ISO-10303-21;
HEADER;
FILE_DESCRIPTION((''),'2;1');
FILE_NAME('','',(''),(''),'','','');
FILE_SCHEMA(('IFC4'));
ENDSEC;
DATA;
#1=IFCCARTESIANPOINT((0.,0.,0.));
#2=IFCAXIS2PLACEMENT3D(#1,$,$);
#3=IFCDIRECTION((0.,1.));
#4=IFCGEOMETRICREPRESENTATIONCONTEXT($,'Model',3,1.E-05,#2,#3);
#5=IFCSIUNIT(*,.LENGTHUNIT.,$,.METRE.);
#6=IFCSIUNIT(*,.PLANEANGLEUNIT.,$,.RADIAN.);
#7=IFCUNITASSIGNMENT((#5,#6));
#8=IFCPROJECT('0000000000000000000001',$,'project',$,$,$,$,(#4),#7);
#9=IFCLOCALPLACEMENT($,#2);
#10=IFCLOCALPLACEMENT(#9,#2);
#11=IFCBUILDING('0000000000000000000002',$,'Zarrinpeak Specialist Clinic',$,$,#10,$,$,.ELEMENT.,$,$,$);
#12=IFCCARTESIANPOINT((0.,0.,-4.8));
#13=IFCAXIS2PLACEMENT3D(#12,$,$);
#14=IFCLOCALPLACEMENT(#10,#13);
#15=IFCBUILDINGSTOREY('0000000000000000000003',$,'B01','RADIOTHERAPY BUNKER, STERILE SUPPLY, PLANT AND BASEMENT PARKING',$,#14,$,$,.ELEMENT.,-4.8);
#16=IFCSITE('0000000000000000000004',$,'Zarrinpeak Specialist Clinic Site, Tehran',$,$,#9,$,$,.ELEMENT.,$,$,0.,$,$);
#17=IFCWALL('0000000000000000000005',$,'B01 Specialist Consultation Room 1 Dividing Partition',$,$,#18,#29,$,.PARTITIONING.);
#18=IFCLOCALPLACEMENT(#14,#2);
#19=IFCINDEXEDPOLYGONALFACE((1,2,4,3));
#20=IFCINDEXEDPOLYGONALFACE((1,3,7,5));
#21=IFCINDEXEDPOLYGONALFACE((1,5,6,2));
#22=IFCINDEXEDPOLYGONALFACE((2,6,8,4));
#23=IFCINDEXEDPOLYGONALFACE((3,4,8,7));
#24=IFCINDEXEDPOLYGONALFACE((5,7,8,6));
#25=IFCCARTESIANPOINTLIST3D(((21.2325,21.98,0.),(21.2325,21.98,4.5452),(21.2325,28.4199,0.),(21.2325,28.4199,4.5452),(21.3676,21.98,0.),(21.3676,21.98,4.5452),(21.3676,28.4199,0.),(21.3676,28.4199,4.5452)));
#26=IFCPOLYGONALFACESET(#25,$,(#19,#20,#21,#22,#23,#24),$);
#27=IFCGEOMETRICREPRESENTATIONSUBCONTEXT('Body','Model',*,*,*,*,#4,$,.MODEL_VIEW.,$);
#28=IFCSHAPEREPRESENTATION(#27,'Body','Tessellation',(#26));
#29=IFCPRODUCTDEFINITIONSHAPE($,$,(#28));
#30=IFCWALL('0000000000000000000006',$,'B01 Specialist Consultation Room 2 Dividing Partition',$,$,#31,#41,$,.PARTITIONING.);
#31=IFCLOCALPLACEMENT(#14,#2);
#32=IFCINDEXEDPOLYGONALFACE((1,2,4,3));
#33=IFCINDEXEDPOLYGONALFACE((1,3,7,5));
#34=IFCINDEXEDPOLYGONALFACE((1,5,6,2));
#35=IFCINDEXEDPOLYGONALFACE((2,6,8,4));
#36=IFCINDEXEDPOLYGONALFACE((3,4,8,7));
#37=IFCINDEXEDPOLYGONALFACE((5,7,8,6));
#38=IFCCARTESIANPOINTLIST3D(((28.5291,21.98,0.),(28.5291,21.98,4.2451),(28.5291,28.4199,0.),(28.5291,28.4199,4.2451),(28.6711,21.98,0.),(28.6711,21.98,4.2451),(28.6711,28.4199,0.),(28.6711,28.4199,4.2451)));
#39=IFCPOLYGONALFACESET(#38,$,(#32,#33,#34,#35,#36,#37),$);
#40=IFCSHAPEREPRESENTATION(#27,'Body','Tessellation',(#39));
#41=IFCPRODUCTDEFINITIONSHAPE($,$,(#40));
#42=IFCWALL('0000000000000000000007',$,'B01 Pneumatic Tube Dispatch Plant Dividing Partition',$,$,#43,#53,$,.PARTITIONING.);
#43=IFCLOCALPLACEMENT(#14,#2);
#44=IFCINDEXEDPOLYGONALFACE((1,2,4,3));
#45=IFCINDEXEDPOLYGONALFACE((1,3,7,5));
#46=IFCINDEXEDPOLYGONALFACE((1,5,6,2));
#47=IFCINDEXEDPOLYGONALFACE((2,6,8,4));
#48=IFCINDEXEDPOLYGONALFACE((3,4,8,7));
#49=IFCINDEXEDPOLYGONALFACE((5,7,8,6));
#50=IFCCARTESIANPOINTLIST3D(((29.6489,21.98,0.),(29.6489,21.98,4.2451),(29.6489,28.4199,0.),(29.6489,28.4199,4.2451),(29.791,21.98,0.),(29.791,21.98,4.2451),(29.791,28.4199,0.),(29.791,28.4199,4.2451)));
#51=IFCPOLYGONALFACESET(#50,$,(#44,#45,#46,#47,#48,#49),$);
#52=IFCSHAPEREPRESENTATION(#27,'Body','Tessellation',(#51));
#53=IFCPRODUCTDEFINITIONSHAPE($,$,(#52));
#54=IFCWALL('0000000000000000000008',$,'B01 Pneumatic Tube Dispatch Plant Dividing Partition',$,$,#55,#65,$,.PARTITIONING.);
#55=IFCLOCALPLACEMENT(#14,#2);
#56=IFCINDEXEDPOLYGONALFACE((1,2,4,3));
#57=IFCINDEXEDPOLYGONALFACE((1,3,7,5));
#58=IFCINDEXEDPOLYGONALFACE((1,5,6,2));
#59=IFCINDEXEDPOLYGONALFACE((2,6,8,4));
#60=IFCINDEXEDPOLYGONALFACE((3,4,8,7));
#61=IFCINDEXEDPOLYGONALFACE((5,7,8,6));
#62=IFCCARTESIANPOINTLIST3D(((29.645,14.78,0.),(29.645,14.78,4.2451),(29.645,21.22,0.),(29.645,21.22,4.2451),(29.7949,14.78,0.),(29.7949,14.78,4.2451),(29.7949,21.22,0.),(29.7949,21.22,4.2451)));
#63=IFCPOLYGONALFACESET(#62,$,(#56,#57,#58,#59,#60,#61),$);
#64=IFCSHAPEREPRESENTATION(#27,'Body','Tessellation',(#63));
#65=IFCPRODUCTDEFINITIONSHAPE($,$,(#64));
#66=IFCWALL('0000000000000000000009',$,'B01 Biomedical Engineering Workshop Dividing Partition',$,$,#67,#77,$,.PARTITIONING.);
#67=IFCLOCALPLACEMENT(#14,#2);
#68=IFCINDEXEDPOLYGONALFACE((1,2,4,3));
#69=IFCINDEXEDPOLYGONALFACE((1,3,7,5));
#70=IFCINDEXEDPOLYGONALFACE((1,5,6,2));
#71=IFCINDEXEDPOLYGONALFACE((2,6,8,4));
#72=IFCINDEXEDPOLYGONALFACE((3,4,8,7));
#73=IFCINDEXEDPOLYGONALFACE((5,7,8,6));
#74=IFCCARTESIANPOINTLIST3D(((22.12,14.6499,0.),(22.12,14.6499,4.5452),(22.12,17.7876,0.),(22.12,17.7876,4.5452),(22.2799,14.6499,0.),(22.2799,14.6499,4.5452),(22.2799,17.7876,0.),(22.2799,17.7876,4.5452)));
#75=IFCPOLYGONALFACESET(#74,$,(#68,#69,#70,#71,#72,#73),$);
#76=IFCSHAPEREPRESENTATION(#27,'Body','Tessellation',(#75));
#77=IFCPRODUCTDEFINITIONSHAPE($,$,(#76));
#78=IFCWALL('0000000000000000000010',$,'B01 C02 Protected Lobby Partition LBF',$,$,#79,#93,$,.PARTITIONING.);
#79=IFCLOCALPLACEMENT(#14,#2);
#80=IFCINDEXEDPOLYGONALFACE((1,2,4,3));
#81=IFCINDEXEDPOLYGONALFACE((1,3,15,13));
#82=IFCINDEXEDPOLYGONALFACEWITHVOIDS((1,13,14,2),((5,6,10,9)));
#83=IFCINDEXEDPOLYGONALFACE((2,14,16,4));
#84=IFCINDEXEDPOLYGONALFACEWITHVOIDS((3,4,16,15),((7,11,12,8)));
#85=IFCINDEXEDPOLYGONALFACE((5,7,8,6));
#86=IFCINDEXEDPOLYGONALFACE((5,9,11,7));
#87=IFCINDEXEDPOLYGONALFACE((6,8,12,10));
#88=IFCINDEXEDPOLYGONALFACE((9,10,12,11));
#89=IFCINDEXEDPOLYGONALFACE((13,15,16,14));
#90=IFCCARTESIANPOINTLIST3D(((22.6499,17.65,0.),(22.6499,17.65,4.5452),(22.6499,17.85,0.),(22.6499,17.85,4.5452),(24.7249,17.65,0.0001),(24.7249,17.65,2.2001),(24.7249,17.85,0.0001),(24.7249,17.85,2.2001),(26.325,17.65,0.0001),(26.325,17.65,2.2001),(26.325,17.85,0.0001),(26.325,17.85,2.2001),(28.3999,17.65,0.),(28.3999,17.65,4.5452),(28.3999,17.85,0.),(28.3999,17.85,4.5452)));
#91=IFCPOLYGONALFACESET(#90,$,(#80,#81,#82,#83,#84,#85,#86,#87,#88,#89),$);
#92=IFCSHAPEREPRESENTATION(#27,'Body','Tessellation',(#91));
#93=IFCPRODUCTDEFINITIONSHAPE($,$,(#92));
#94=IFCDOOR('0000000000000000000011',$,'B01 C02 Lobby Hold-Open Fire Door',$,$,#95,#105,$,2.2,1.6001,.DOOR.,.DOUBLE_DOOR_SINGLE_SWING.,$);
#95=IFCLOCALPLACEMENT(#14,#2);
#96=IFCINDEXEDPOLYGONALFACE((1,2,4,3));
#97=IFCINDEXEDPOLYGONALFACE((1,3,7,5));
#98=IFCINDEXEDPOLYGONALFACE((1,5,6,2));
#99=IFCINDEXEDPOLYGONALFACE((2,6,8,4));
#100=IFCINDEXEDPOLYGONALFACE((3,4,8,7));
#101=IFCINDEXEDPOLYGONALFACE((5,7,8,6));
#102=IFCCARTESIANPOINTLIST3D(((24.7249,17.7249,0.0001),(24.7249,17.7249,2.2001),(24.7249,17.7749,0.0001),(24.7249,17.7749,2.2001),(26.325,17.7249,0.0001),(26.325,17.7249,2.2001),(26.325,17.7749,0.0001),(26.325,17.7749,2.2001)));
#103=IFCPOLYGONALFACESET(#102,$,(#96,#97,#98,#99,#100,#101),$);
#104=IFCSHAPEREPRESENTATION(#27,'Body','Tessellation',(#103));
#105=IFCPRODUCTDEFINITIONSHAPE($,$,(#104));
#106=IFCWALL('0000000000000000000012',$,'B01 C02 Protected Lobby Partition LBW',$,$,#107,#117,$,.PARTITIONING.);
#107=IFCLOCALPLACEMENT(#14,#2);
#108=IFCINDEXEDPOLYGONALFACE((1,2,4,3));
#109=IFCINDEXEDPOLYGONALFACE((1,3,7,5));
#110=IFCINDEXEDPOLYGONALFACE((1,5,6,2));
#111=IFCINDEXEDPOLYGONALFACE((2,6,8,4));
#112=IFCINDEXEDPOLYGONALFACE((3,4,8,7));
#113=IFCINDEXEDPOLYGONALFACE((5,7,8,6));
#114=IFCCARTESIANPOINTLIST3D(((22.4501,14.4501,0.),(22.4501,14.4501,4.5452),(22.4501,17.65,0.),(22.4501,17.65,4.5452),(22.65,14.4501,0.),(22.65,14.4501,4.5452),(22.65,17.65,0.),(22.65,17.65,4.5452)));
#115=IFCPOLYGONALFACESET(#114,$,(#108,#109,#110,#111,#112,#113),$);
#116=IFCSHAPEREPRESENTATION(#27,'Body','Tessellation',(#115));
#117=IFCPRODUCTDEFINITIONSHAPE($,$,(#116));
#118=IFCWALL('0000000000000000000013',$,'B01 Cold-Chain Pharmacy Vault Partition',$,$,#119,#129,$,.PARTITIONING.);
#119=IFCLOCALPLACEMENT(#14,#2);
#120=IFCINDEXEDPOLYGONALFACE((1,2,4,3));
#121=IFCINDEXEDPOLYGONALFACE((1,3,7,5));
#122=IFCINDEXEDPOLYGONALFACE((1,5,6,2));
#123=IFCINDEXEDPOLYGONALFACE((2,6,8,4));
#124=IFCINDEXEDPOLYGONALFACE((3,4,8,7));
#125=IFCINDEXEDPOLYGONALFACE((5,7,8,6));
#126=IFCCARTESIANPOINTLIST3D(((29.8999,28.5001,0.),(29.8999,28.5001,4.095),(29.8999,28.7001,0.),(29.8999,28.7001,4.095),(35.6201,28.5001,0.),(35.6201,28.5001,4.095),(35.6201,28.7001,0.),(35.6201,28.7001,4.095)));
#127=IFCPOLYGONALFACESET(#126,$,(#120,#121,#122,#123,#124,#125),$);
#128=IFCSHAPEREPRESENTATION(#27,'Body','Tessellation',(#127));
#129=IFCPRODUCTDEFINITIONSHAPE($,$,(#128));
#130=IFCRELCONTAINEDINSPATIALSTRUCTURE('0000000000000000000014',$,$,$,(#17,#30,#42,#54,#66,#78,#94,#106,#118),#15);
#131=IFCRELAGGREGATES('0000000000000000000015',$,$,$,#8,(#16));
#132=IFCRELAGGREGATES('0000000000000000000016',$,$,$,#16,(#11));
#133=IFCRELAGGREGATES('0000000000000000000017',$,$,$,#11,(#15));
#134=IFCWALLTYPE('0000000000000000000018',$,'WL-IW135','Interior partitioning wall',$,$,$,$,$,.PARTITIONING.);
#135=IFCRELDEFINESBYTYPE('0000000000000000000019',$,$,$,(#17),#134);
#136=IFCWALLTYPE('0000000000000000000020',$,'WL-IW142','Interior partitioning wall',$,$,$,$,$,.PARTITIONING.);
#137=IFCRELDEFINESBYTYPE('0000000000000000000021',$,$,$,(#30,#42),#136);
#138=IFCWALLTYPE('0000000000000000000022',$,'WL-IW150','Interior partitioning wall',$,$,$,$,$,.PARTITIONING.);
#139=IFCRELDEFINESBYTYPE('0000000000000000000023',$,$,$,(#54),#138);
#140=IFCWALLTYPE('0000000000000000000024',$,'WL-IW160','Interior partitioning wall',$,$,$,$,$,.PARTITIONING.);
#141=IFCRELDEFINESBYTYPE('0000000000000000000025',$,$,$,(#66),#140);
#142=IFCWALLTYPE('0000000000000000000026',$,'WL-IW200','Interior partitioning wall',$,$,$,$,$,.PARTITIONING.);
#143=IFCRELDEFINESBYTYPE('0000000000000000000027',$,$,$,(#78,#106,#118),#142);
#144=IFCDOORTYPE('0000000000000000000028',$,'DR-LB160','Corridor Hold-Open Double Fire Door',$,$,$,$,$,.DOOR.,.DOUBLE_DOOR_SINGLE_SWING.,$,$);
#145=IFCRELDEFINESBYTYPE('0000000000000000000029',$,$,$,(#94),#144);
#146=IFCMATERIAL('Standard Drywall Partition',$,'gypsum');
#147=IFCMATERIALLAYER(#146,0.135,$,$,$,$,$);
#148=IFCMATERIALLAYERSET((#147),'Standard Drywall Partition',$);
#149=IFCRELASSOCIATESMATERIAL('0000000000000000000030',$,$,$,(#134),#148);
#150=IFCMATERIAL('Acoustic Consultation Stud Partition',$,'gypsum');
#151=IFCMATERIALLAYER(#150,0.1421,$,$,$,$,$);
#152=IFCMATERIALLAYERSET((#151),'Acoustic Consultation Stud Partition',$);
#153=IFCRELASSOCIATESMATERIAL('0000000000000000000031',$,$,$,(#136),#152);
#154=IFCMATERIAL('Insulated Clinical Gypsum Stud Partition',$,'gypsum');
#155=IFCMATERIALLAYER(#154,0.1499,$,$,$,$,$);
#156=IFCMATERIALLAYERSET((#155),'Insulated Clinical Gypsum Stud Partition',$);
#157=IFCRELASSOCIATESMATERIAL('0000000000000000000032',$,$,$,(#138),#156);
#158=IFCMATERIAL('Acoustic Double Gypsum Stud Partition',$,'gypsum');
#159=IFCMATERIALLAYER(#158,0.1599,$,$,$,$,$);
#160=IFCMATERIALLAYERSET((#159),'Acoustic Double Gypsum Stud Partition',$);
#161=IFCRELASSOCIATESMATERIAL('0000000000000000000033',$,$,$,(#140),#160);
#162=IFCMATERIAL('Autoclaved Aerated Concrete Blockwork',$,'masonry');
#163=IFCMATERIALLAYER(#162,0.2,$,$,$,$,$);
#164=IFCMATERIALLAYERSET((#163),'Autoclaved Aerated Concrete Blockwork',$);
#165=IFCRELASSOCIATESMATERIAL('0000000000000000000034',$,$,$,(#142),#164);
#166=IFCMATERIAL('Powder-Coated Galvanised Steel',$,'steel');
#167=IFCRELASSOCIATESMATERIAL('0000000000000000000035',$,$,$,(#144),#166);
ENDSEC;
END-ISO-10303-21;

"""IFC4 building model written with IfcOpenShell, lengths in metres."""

from ifc_helpers import new_model, si_unit, direction, frame, frame_2d, origin, place, context, subcontext, project, spatial, rectangle, extrude, material, layer, layer_set, type_object, element, fill, save


model = new_model("IFC4")

# Units and contexts
model_context = context("Model", 3, precision=1e-05, world=origin(), true_north=direction((0.0, 1.0)))
body_context = subcontext(model_context, "Body", "Model", "MODEL_VIEW")
ifc_project = project(units=[si_unit("LENGTHUNIT", "METRE"), si_unit("PLANEANGLEUNIT", "RADIAN")], contexts=[model_context])

# Site, building, storey
site_placement = place(None, origin())
site = spatial("IfcSite", under=ifc_project, at=site_placement, Name="Zarrinpeak Specialist Clinic Site, Tehran", CompositionType="ELEMENT", RefElevation=0.0)
building_placement = place(site_placement, origin())
building = spatial("IfcBuilding", under=site, at=building_placement, Name="Zarrinpeak Specialist Clinic", CompositionType="ELEMENT")
storey_placement = place(building_placement, frame((0.0, 0.0, -4.8)))
storey = spatial("IfcBuildingStorey", under=building, at=storey_placement, Name="B01", Description="RADIOTHERAPY BUNKER, STERILE SUPPLY, PLANT AND BASEMENT PARKING", CompositionType="ELEMENT", Elevation=-4.8)

# Walls
ifc_material_1 = material(Name="Standard Drywall Partition", Category="gypsum")
ifc_layer_1 = layer(ifc_material_1, 0.135)
ifc_layer_set_1 = layer_set([ifc_layer_1], Name="Standard Drywall Partition")
wall_type_1 = type_object("IfcWallType", Name="WL-IW135", Description="Interior partitioning wall", PredefinedType="PARTITIONING", material=ifc_layer_set_1)
wall_1_placement = place(storey_placement, frame((21.3, 21.98, 0.0), z_axis=(0.0, 0.0, 1.0), x_axis=(0.0, 1.0, 0.0)))
element("IfcWall", 1, at=wall_1_placement, inside=storey, type_object=wall_type_1, Name="B01 Specialist Consultation Room 1 Dividing Partition", PredefinedType="PARTITIONING", context=body_context, shape_type="SweptSolid", body=[
    extrude(rectangle(XDim=6.4399, YDim=0.135, at=frame_2d((3.22, 0.0))), origin(), (0.0, 0.0, 1.0), 4.5452),
])
ifc_material_2 = material(Name="Acoustic Consultation Stud Partition", Category="gypsum")
ifc_layer_2 = layer(ifc_material_2, 0.1421)
ifc_layer_set_2 = layer_set([ifc_layer_2], Name="Acoustic Consultation Stud Partition")
wall_type_2 = type_object("IfcWallType", Name="WL-IW142", Description="Interior partitioning wall", PredefinedType="PARTITIONING", material=ifc_layer_set_2)
for number, where, z_axis, x_axis, name in (
    (2, (28.6001, 21.98, 0.0), (0.0, 0.0, 1.0), (0.0, 1.0, 0.0), "B01 Specialist Consultation Room 2 Dividing Partition"),
    (3, (29.72, 21.98, 0.0), (0.0, 0.0, 1.0), (0.0, 1.0, 0.0), "B01 Pneumatic Tube Dispatch Plant Dividing Partition"),
):
    element("IfcWall", number, at=place(storey_placement, frame(where, z_axis=z_axis, x_axis=x_axis)), inside=storey, type_object=wall_type_2, Name=name, PredefinedType="PARTITIONING", context=body_context, shape_type="SweptSolid", body=[
        extrude(rectangle(XDim=6.4399, YDim=0.1421, at=frame_2d((3.22, 0.0))), origin(), (0.0, 0.0, 1.0), 4.2451),
    ])
ifc_material_3 = material(Name="Insulated Clinical Gypsum Stud Partition", Category="gypsum")
ifc_layer_3 = layer(ifc_material_3, 0.1499)
ifc_layer_set_3 = layer_set([ifc_layer_3], Name="Insulated Clinical Gypsum Stud Partition")
wall_type_3 = type_object("IfcWallType", Name="WL-IW150", Description="Interior partitioning wall", PredefinedType="PARTITIONING", material=ifc_layer_set_3)
wall_2_placement = place(storey_placement, frame((29.72, 14.78, 0.0), z_axis=(0.0, 0.0, 1.0), x_axis=(0.0, 1.0, 0.0)))
element("IfcWall", 4, at=wall_2_placement, inside=storey, type_object=wall_type_3, Name="B01 Pneumatic Tube Dispatch Plant Dividing Partition", PredefinedType="PARTITIONING", context=body_context, shape_type="SweptSolid", body=[
    extrude(rectangle(XDim=6.4399, YDim=0.1499, at=frame_2d((3.22, 0.0))), origin(), (0.0, 0.0, 1.0), 4.2451),
])
ifc_material_4 = material(Name="Acoustic Double Gypsum Stud Partition", Category="gypsum")
ifc_layer_4 = layer(ifc_material_4, 0.1599)
ifc_layer_set_4 = layer_set([ifc_layer_4], Name="Acoustic Double Gypsum Stud Partition")
wall_type_4 = type_object("IfcWallType", Name="WL-IW160", Description="Interior partitioning wall", PredefinedType="PARTITIONING", material=ifc_layer_set_4)
wall_3_placement = place(storey_placement, frame((22.2, 14.6499, 0.0), z_axis=(0.0, 0.0, 1.0), x_axis=(0.0, 1.0, 0.0)))
element("IfcWall", 5, at=wall_3_placement, inside=storey, type_object=wall_type_4, Name="B01 Biomedical Engineering Workshop Dividing Partition", PredefinedType="PARTITIONING", context=body_context, shape_type="SweptSolid", body=[
    extrude(rectangle(XDim=3.1377, YDim=0.1599, at=frame_2d((1.5688, 0.0))), origin(), (0.0, 0.0, 1.0), 4.5452),
])

# Wall, opening, door
ifc_material_5 = material(Name="Autoclaved Aerated Concrete Blockwork", Category="masonry")
ifc_layer_5 = layer(ifc_material_5, 0.2)
ifc_layer_set_5 = layer_set([ifc_layer_5], Name="Autoclaved Aerated Concrete Blockwork")
wall_type_5 = type_object("IfcWallType", Name="WL-IW200", Description="Interior partitioning wall", PredefinedType="PARTITIONING", material=ifc_layer_set_5)
wall_4_placement = place(storey_placement, frame((22.6499, 17.75, 0.0), z_axis=(0.0, 0.0, 1.0), x_axis=(1.0, 0.0, 0.0)))
wall_4 = element("IfcWall", 6, at=wall_4_placement, inside=storey, type_object=wall_type_5, Name="B01 C02 Protected Lobby Partition LBF", PredefinedType="PARTITIONING", context=body_context, shape_type="SweptSolid", body=[
    extrude(rectangle(XDim=5.75, YDim=0.2, at=frame_2d((2.875, 0.0))), origin(), (0.0, 0.0, 1.0), 4.5452),
])
opening_placement = place(wall_4_placement, frame((2.075, 0.0, 0.0)))
opening = element("IfcOpeningElement", 7, at=opening_placement, cuts=wall_4, PredefinedType="OPENING", context=body_context, shape_type="SweptSolid", body=[
    extrude(rectangle(XDim=1.6001, YDim=2.2, at=frame_2d((0.8, 1.1001))), frame((0.0, 0.1099, 0.0), z_axis=(0.0, -1.0, 0.0), x_axis=(1.0, 0.0, 0.0)), (0.0, 0.0, 1.0), 0.22),
])
ifc_material_6 = material(Name="Powder-Coated Galvanised Steel", Category="steel")
door_type = type_object("IfcDoorType", Name="DR-LB160", Description="Corridor Hold-Open Double Fire Door", OperationType="DOUBLE_DOOR_SINGLE_SWING", PredefinedType="DOOR", material=ifc_material_6)
door_placement = place(opening_placement, origin())
door = element("IfcDoor", 8, at=door_placement, inside=storey, type_object=door_type, Name="B01 C02 Lobby Hold-Open Fire Door", OperationType="DOUBLE_DOOR_SINGLE_SWING", OverallHeight=2.2, OverallWidth=1.6001, PredefinedType="DOOR", context=body_context, shape_type="SweptSolid", body=[
    extrude(rectangle(XDim=1.6001, YDim=2.2, at=frame_2d((0.8, 1.1001))), frame((0.0, 0.0249, 0.0), z_axis=(0.0, -1.0, 0.0), x_axis=(1.0, 0.0, 0.0)), (0.0, 0.0, 1.0), 0.05),
])
fill(opening, door)

# Walls
wall_5_placement = place(storey_placement, frame((22.55, 14.45, 0.0), z_axis=(0.0, 0.0, 1.0), x_axis=(0.0, 1.0, 0.0)))
element("IfcWall", 9, at=wall_5_placement, inside=storey, type_object=wall_type_5, Name="B01 C02 Protected Lobby Partition LBW", PredefinedType="PARTITIONING", context=body_context, shape_type="SweptSolid", body=[
    extrude(rectangle(XDim=3.2, YDim=0.2, at=frame_2d((1.6001, 0.0))), origin(), (0.0, 0.0, 1.0), 4.5452),
])
wall_6_placement = place(storey_placement, frame((29.8999, 28.6001, 0.0), z_axis=(0.0, 0.0, 1.0), x_axis=(1.0, 0.0, 0.0)))
element("IfcWall", 10, at=wall_6_placement, inside=storey, type_object=wall_type_5, Name="B01 Cold-Chain Pharmacy Vault Partition", PredefinedType="PARTITIONING", context=body_context, shape_type="SweptSolid", body=[
    extrude(rectangle(XDim=5.7202, YDim=0.2, at=frame_2d((2.8601, 0.0))), origin(), (0.0, 0.0, 1.0), 4.095),
])

save(model, "model.ifc")
